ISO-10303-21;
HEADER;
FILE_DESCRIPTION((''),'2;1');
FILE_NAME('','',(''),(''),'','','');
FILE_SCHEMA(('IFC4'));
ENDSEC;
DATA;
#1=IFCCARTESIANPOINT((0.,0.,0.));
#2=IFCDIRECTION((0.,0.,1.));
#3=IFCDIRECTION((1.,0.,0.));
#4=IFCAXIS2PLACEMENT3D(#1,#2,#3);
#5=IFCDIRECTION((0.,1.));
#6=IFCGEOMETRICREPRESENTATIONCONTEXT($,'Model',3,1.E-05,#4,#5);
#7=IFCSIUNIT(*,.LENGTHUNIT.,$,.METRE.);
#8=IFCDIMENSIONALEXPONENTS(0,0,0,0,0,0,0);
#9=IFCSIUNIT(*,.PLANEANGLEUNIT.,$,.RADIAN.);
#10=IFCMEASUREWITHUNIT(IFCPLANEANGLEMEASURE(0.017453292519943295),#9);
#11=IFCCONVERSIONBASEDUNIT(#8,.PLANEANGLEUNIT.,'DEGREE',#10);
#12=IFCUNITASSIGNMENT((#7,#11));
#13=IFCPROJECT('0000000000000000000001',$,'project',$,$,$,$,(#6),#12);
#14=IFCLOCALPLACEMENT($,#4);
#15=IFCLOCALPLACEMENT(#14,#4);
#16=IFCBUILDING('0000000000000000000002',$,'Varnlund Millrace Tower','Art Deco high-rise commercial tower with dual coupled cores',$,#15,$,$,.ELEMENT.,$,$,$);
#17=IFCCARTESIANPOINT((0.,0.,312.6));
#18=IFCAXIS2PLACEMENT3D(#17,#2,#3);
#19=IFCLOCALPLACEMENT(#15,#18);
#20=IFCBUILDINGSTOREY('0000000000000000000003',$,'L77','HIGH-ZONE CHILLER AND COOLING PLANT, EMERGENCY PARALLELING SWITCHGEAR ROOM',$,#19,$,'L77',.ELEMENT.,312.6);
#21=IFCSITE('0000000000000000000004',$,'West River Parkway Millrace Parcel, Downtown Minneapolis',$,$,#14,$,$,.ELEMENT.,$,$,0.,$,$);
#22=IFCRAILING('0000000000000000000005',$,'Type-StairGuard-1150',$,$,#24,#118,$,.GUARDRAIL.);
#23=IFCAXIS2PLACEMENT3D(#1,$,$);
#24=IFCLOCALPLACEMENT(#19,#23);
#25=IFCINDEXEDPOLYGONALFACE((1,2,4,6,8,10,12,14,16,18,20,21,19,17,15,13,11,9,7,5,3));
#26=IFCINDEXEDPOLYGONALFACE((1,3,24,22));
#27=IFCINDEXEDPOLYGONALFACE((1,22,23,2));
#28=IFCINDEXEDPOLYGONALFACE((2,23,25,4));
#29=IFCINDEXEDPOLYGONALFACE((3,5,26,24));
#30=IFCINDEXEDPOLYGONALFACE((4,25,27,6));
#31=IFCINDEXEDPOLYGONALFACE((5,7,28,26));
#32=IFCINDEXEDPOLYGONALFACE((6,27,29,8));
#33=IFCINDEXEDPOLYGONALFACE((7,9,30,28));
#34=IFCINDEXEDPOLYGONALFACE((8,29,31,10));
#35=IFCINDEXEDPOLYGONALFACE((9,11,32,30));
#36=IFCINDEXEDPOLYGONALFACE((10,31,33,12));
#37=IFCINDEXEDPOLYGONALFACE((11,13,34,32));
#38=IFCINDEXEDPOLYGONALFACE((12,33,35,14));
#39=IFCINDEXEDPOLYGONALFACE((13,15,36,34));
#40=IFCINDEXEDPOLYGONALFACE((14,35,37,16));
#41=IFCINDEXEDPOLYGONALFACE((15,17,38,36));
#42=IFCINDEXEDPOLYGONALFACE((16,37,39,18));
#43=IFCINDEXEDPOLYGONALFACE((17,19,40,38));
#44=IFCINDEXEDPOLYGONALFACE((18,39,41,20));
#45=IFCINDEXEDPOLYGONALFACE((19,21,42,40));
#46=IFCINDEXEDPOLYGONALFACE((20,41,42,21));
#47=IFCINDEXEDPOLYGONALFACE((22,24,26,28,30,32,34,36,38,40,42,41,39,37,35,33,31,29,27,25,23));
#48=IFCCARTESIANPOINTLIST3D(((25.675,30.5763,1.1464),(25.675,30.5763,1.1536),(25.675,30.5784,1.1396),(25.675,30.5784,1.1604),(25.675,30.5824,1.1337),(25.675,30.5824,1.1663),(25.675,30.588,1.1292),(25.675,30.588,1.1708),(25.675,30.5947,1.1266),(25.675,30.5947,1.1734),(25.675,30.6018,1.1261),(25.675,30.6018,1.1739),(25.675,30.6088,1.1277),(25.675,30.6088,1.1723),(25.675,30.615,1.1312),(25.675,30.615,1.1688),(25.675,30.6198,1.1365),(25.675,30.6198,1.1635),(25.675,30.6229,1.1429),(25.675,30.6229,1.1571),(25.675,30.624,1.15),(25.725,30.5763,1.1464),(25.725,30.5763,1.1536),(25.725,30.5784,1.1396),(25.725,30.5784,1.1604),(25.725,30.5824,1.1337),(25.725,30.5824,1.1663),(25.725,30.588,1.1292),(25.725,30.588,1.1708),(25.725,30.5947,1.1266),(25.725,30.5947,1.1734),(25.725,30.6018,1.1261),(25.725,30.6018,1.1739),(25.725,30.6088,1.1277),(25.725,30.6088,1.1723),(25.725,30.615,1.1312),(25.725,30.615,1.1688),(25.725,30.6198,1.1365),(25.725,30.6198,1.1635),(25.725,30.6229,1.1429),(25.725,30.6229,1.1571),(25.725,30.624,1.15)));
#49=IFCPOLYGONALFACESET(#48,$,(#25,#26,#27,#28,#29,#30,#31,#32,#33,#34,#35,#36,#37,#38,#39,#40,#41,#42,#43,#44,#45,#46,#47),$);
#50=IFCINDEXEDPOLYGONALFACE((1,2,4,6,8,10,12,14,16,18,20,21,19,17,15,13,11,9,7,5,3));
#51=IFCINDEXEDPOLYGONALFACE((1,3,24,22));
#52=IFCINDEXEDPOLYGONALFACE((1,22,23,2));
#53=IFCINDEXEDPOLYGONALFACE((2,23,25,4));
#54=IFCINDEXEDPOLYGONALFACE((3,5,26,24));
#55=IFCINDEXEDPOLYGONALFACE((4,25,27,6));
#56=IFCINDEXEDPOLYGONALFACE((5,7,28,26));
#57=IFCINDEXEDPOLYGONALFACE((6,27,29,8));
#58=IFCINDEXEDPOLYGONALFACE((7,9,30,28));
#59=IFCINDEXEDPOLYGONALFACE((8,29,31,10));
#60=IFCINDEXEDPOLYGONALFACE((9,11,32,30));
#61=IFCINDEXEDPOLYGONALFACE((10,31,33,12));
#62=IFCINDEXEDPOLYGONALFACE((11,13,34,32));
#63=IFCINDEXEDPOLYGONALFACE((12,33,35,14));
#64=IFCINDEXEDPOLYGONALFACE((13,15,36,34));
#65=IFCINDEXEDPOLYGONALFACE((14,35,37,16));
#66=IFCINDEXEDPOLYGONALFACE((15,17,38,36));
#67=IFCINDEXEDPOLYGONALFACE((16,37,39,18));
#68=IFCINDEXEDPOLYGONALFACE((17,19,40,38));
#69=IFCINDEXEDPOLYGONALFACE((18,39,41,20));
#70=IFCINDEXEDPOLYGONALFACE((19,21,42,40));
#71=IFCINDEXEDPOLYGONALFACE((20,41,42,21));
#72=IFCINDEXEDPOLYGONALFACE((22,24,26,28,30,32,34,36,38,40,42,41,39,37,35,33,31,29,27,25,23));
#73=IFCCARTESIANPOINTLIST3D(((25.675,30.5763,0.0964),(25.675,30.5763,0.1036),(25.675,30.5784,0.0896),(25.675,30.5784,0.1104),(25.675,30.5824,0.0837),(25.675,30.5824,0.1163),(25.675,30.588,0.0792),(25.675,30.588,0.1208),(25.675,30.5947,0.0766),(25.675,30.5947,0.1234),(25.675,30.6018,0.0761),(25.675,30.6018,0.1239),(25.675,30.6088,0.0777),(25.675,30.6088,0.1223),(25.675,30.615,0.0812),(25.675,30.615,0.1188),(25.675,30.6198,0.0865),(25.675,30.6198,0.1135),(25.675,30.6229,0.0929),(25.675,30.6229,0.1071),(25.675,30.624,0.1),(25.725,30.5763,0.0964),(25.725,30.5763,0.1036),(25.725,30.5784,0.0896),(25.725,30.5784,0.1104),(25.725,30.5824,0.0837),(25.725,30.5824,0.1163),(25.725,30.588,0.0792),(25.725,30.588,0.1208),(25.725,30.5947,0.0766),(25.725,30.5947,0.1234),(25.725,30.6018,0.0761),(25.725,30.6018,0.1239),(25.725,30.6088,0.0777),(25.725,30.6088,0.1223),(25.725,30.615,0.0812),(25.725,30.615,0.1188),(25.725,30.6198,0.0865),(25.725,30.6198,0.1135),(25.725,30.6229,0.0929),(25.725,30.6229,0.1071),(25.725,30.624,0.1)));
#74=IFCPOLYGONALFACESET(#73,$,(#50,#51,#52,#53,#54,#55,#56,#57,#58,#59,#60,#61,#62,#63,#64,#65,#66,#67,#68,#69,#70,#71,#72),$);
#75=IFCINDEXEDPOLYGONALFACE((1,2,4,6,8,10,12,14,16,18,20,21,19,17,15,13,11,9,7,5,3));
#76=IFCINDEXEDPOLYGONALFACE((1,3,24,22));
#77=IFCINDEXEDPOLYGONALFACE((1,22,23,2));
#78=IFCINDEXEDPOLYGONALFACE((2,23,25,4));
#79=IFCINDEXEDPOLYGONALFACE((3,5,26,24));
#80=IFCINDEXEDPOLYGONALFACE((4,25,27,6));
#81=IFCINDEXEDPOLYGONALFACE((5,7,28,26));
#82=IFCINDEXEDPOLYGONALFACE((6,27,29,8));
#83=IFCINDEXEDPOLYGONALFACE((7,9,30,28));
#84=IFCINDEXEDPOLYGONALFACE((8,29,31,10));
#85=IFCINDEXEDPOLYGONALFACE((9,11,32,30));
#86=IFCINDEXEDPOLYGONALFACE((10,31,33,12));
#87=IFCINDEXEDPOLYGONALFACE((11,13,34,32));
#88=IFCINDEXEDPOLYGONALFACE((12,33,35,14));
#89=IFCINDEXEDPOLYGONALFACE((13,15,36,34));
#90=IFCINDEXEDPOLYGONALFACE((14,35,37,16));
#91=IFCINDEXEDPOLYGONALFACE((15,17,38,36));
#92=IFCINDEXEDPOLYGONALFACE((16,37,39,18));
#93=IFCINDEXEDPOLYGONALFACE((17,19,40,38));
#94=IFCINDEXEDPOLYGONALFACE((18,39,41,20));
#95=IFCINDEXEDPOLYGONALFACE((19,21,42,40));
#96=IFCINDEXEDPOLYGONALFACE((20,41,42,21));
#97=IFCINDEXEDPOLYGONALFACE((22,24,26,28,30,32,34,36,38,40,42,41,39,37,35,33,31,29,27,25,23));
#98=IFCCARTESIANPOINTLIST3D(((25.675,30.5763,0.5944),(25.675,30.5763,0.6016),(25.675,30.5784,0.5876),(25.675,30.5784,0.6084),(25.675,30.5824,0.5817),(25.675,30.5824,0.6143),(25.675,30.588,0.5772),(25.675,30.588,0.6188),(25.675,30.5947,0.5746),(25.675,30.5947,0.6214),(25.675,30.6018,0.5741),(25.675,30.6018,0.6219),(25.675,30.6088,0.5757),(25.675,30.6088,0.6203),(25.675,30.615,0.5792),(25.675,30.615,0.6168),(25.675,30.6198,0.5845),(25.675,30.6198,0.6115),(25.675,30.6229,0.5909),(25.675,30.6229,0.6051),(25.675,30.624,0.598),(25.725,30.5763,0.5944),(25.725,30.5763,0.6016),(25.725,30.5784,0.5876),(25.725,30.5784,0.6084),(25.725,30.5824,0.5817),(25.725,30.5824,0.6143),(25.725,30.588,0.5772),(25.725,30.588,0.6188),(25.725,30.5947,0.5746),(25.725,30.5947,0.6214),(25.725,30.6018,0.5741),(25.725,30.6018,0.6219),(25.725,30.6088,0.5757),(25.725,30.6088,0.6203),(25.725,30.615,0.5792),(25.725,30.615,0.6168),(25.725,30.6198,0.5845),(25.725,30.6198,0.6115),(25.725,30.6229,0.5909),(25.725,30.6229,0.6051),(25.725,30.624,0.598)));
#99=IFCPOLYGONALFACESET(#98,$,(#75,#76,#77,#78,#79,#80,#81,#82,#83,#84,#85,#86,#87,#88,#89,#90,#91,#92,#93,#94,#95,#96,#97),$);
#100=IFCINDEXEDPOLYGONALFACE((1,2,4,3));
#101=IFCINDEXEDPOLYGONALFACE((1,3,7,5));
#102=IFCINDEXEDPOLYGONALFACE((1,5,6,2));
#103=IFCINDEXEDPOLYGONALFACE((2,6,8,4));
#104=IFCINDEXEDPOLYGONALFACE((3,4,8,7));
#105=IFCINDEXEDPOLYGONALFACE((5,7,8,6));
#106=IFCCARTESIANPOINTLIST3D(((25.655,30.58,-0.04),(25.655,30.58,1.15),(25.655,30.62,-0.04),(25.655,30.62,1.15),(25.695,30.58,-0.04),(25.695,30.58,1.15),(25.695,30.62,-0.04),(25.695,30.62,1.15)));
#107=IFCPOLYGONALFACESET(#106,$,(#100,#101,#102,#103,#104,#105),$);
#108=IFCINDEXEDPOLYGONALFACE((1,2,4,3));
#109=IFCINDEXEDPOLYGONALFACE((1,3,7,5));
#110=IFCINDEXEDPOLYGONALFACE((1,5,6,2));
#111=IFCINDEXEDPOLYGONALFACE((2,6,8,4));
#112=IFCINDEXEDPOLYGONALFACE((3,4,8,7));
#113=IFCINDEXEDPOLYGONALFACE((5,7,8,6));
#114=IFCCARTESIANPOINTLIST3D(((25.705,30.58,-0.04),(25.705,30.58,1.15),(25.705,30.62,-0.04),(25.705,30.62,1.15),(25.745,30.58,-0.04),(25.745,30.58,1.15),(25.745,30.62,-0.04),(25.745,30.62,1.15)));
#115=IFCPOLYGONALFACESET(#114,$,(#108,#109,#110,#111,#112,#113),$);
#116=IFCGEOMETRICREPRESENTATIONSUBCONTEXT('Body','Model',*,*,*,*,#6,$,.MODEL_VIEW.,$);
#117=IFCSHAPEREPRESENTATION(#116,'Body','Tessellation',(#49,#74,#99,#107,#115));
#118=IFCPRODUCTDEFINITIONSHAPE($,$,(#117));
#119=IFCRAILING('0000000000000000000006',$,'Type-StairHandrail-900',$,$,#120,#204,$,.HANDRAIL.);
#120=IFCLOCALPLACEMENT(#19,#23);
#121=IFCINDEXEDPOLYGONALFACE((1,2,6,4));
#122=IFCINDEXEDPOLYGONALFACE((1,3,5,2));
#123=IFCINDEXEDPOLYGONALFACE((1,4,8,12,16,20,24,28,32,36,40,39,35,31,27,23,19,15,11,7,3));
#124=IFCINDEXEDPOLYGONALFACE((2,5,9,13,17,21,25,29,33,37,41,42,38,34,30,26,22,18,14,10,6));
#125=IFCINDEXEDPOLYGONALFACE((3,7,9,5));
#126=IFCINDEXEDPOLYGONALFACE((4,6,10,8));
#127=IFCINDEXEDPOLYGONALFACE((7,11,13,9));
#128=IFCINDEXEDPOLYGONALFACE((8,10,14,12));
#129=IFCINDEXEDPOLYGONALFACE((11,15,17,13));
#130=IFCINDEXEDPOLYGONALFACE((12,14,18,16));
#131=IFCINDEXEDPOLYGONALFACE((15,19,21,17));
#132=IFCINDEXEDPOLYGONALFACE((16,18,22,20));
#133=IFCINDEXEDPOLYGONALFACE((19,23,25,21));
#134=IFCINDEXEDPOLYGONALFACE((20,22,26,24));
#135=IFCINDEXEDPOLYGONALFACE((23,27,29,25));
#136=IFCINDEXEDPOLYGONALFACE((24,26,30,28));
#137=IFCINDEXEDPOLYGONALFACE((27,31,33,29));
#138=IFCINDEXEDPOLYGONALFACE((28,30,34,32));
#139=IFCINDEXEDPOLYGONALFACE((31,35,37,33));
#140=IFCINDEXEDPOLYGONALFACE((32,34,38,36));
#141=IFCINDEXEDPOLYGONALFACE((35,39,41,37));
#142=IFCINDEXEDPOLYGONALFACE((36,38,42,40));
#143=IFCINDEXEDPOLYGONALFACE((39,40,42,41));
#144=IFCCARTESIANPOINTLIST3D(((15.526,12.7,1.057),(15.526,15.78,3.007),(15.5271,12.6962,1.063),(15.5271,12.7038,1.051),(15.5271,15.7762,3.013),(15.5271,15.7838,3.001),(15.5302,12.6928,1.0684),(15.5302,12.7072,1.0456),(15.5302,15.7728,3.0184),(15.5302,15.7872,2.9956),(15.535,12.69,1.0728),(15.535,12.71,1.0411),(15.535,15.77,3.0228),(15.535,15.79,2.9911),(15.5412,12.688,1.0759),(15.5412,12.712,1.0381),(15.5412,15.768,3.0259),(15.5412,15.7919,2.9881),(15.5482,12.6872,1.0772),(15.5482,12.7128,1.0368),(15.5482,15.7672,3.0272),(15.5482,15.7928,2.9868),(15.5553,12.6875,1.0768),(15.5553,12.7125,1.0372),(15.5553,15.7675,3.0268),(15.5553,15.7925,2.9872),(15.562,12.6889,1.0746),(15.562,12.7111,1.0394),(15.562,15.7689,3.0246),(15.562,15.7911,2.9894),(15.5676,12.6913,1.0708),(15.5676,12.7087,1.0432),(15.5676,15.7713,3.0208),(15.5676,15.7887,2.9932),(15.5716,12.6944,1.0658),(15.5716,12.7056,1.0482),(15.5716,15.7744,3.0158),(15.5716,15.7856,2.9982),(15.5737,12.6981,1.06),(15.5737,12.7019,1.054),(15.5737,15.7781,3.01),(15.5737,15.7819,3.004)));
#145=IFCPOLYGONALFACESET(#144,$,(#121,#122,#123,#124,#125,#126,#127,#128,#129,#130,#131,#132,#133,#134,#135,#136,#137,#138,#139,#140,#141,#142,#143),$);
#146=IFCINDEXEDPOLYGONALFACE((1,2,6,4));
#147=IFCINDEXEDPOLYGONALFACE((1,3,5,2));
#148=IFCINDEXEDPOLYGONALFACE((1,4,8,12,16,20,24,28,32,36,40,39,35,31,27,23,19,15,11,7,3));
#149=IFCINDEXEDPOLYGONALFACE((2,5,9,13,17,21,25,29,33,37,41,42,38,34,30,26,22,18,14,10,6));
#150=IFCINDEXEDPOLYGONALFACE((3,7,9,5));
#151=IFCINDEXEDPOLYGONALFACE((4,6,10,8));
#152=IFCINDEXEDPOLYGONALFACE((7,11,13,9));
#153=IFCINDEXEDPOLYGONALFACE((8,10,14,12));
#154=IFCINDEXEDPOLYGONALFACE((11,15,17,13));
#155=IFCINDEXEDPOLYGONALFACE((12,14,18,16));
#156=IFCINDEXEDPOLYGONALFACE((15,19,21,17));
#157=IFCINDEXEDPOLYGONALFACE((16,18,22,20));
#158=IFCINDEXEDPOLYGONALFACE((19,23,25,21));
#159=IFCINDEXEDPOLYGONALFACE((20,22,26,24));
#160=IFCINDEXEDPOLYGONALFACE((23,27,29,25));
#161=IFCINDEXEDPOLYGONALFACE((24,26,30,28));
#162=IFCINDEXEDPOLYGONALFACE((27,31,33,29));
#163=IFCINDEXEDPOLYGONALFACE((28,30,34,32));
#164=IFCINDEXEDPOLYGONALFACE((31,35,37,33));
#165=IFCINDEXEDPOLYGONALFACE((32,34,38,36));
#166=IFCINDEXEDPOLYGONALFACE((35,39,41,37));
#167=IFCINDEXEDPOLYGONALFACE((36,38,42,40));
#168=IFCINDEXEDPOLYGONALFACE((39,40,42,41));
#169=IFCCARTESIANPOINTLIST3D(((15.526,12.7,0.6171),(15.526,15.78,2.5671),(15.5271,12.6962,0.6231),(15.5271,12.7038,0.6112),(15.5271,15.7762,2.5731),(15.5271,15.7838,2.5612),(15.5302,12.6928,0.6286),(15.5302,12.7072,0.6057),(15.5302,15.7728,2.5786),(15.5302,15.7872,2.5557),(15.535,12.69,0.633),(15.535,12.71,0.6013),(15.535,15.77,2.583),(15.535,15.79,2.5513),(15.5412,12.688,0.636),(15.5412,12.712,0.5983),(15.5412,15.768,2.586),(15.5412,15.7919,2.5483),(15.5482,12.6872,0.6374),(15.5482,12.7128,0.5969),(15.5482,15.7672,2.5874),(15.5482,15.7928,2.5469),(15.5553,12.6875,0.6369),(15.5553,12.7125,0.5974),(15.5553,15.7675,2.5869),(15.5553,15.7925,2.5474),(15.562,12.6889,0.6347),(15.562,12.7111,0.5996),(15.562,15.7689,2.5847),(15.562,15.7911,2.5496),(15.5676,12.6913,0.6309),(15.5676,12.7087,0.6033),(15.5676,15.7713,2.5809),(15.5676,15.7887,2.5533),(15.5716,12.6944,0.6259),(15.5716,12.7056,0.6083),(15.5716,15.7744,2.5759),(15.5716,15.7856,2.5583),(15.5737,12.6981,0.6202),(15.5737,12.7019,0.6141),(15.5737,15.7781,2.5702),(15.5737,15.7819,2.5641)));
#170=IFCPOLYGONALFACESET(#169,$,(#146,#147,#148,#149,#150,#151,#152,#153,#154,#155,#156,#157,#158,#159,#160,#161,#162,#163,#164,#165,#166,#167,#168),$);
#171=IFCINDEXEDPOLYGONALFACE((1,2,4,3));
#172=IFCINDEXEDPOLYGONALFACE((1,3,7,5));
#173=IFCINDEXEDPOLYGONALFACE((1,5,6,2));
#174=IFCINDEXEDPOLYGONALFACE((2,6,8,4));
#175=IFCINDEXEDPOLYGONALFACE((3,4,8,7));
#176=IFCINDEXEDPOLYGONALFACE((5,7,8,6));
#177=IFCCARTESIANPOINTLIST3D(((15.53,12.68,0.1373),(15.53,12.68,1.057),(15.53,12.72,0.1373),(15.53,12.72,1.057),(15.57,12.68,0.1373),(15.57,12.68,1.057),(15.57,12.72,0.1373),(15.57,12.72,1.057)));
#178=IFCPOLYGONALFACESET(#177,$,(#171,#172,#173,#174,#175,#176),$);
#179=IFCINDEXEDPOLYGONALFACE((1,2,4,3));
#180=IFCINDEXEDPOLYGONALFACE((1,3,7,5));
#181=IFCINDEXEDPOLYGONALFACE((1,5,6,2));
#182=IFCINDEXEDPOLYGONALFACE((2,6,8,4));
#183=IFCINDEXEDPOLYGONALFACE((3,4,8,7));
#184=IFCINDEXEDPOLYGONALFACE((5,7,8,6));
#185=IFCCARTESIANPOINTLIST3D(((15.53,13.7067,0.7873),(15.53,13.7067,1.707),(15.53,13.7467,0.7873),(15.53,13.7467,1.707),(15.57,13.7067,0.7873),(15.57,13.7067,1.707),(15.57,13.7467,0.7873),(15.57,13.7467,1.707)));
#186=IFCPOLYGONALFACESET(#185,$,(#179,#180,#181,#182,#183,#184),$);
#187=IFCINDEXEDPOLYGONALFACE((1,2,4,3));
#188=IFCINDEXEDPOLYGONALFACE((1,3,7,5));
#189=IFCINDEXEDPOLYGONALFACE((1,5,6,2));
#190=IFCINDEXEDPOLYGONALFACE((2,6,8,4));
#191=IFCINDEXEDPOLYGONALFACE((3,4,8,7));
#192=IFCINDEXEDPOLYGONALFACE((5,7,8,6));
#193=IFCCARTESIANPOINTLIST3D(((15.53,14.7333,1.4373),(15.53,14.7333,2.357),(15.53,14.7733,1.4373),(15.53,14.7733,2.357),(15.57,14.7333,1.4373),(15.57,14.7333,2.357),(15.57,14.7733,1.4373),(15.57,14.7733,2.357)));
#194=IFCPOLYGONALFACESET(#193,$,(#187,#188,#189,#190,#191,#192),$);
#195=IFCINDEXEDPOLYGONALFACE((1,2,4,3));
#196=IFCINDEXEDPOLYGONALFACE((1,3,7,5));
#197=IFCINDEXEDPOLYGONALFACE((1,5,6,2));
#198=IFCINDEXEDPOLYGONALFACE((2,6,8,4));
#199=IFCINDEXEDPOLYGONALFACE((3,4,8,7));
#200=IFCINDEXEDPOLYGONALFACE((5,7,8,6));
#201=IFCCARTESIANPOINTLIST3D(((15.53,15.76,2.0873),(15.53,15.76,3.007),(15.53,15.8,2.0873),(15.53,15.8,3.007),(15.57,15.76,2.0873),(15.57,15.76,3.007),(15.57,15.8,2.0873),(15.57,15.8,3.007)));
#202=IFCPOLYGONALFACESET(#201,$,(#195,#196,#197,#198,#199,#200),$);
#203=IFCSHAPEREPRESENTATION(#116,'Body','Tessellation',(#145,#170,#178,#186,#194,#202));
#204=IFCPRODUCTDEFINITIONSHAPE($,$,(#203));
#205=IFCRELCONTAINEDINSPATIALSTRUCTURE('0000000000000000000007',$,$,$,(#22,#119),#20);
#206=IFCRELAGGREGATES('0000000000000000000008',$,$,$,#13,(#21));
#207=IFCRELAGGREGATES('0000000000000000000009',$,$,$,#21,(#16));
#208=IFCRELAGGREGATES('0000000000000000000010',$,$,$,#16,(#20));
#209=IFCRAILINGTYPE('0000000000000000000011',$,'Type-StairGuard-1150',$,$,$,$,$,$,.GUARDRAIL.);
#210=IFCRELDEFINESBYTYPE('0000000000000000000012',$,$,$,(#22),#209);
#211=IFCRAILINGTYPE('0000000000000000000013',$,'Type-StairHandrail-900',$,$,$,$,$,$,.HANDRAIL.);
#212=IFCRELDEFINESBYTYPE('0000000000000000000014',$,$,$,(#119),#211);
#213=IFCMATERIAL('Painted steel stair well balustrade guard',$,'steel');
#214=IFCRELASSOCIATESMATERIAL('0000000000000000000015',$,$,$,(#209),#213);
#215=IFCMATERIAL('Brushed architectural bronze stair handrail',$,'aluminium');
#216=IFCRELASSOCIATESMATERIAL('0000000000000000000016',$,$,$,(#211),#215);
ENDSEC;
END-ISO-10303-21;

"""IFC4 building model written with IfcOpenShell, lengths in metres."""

from ifc_helpers import new_model, entity, si_unit, converted_unit, direction, frame, origin_with_axes, origin_2d_with_axis, place, context, subcontext, project, spatial, rectangle, circle, extrude, material, type_object, element, save


model = new_model("IFC4")

# Units and contexts
model_context = context("Model", 3, precision=1e-05, world=origin_with_axes(), true_north=direction((0.0, 1.0)))
body_context = subcontext(model_context, "Body", "Model", "MODEL_VIEW")
ifc_project = project(units=[si_unit("LENGTHUNIT", "METRE"), converted_unit("PLANEANGLEUNIT", "DEGREE", entity("IfcPlaneAngleMeasure", 0.017453292519943295), si_unit("PLANEANGLEUNIT", "RADIAN"), dimensions=[0, 0, 0, 0, 0, 0, 0])], contexts=[model_context])

# Site, building, storey
site_placement = place(None, origin_with_axes())
site = spatial("IfcSite", under=ifc_project, at=site_placement, Name="West River Parkway Millrace Parcel, Downtown Minneapolis", CompositionType="ELEMENT", RefElevation=0.0)
building_placement = place(site_placement, origin_with_axes())
building = spatial("IfcBuilding", under=site, at=building_placement, Name="Varnlund Millrace Tower", Description="Art Deco high-rise commercial tower with dual coupled cores", CompositionType="ELEMENT")
storey_placement = place(building_placement, frame((0.0, 0.0, 312.6), z_axis=(0.0, 0.0, 1.0), x_axis=(1.0, 0.0, 0.0)))
storey = spatial("IfcBuildingStorey", under=building, at=storey_placement, Name="L77", Description="HIGH-ZONE CHILLER AND COOLING PLANT, EMERGENCY PARALLELING SWITCHGEAR ROOM", LongName="L77", CompositionType="ELEMENT", Elevation=312.6)

# Railings
ifc_material_1 = material(Name="Painted steel stair well balustrade guard", Category="steel")
railing_type_1 = type_object("IfcRailingType", Name="Type-StairGuard-1150", PredefinedType="GUARDRAIL", material=ifc_material_1)
railing_1_placement = place(storey_placement, frame((0.0, 0.0, -312.6), z_axis=(0.0, 0.0, 1.0), x_axis=(1.0, 0.0, 0.0)))
element("IfcRailing", 1, at=railing_1_placement, inside=storey, type_object=railing_type_1, Name="Type-StairGuard-1150", PredefinedType="GUARDRAIL", context=body_context, shape_type="SweptSolid", body=[
    extrude(circle(Radius=0.024, at=origin_2d_with_axis()), frame((25.675, 30.6, 313.75), z_axis=(1.0, 0.0, 0.0), x_axis=(0.0, 1.0, 0.0)), (0.0, 0.0, 1.0), 0.05),
    extrude(circle(Radius=0.024, at=origin_2d_with_axis()), frame((25.675, 30.6, 312.7), z_axis=(1.0, 0.0, 0.0), x_axis=(0.0, 1.0, 0.0)), (0.0, 0.0, 1.0), 0.05),
    extrude(circle(Radius=0.024, at=origin_2d_with_axis()), frame((25.675, 30.6, 313.198), z_axis=(1.0, 0.0, 0.0), x_axis=(0.0, 1.0, 0.0)), (0.0, 0.0, 1.0), 0.05),
    extrude(rectangle(XDim=0.04, YDim=0.04, at=origin_2d_with_axis()), frame((25.675, 30.6, 312.56), z_axis=(0.0, 0.0, 1.0), x_axis=(1.0, 0.0, 0.0)), (0.0, 0.0, 1.0), 1.19),
    extrude(rectangle(XDim=0.04, YDim=0.04, at=origin_2d_with_axis()), frame((25.725, 30.6, 312.56), z_axis=(0.0, 0.0, 1.0), x_axis=(1.0, 0.0, 0.0)), (0.0, 0.0, 1.0), 1.19),
])
ifc_material_2 = material(Name="Brushed architectural bronze stair handrail", Category="aluminium")
railing_type_2 = type_object("IfcRailingType", Name="Type-StairHandrail-900", PredefinedType="HANDRAIL", material=ifc_material_2)
railing_2_placement = place(storey_placement, frame((0.0, 0.0, -312.6), z_axis=(0.0, 0.0, 1.0), x_axis=(1.0, 0.0, 0.0)))
element("IfcRailing", 2, at=railing_2_placement, inside=storey, type_object=railing_type_2, Name="Type-StairHandrail-900", PredefinedType="HANDRAIL", context=body_context, shape_type="SweptSolid", body=[
    extrude(circle(Radius=0.024, at=origin_2d_with_axis()), frame((15.55, 12.7, 313.657), z_axis=(0.0, 0.844902, 0.534922), x_axis=(-1.0, 0.0, 0.0)), (0.0, 0.0, 1.0), 3.6454),
    extrude(circle(Radius=0.024, at=origin_2d_with_axis()), frame((15.55, 12.7, 313.2171), z_axis=(0.0, 0.844902, 0.534922), x_axis=(-1.0, 0.0, 0.0)), (0.0, 0.0, 1.0), 3.6454),
    extrude(rectangle(XDim=0.04, YDim=0.04, at=origin_2d_with_axis()), frame((15.55, 12.7, 312.7373), z_axis=(0.0, 0.0, 1.0), x_axis=(1.0, 0.0, 0.0)), (0.0, 0.0, 1.0), 0.9197),
    extrude(rectangle(XDim=0.04, YDim=0.04, at=origin_2d_with_axis()), frame((15.55, 13.7267, 313.3873), z_axis=(0.0, 0.0, 1.0), x_axis=(1.0, 0.0, 0.0)), (0.0, 0.0, 1.0), 0.9197),
    extrude(rectangle(XDim=0.04, YDim=0.04, at=origin_2d_with_axis()), frame((15.55, 14.7533, 314.0373), z_axis=(0.0, 0.0, 1.0), x_axis=(1.0, 0.0, 0.0)), (0.0, 0.0, 1.0), 0.9197),
    extrude(rectangle(XDim=0.04, YDim=0.04, at=origin_2d_with_axis()), frame((15.55, 15.78, 314.6873), z_axis=(0.0, 0.0, 1.0), x_axis=(1.0, 0.0, 0.0)), (0.0, 0.0, 1.0), 0.9197),
])

save(model, "model.ifc")
